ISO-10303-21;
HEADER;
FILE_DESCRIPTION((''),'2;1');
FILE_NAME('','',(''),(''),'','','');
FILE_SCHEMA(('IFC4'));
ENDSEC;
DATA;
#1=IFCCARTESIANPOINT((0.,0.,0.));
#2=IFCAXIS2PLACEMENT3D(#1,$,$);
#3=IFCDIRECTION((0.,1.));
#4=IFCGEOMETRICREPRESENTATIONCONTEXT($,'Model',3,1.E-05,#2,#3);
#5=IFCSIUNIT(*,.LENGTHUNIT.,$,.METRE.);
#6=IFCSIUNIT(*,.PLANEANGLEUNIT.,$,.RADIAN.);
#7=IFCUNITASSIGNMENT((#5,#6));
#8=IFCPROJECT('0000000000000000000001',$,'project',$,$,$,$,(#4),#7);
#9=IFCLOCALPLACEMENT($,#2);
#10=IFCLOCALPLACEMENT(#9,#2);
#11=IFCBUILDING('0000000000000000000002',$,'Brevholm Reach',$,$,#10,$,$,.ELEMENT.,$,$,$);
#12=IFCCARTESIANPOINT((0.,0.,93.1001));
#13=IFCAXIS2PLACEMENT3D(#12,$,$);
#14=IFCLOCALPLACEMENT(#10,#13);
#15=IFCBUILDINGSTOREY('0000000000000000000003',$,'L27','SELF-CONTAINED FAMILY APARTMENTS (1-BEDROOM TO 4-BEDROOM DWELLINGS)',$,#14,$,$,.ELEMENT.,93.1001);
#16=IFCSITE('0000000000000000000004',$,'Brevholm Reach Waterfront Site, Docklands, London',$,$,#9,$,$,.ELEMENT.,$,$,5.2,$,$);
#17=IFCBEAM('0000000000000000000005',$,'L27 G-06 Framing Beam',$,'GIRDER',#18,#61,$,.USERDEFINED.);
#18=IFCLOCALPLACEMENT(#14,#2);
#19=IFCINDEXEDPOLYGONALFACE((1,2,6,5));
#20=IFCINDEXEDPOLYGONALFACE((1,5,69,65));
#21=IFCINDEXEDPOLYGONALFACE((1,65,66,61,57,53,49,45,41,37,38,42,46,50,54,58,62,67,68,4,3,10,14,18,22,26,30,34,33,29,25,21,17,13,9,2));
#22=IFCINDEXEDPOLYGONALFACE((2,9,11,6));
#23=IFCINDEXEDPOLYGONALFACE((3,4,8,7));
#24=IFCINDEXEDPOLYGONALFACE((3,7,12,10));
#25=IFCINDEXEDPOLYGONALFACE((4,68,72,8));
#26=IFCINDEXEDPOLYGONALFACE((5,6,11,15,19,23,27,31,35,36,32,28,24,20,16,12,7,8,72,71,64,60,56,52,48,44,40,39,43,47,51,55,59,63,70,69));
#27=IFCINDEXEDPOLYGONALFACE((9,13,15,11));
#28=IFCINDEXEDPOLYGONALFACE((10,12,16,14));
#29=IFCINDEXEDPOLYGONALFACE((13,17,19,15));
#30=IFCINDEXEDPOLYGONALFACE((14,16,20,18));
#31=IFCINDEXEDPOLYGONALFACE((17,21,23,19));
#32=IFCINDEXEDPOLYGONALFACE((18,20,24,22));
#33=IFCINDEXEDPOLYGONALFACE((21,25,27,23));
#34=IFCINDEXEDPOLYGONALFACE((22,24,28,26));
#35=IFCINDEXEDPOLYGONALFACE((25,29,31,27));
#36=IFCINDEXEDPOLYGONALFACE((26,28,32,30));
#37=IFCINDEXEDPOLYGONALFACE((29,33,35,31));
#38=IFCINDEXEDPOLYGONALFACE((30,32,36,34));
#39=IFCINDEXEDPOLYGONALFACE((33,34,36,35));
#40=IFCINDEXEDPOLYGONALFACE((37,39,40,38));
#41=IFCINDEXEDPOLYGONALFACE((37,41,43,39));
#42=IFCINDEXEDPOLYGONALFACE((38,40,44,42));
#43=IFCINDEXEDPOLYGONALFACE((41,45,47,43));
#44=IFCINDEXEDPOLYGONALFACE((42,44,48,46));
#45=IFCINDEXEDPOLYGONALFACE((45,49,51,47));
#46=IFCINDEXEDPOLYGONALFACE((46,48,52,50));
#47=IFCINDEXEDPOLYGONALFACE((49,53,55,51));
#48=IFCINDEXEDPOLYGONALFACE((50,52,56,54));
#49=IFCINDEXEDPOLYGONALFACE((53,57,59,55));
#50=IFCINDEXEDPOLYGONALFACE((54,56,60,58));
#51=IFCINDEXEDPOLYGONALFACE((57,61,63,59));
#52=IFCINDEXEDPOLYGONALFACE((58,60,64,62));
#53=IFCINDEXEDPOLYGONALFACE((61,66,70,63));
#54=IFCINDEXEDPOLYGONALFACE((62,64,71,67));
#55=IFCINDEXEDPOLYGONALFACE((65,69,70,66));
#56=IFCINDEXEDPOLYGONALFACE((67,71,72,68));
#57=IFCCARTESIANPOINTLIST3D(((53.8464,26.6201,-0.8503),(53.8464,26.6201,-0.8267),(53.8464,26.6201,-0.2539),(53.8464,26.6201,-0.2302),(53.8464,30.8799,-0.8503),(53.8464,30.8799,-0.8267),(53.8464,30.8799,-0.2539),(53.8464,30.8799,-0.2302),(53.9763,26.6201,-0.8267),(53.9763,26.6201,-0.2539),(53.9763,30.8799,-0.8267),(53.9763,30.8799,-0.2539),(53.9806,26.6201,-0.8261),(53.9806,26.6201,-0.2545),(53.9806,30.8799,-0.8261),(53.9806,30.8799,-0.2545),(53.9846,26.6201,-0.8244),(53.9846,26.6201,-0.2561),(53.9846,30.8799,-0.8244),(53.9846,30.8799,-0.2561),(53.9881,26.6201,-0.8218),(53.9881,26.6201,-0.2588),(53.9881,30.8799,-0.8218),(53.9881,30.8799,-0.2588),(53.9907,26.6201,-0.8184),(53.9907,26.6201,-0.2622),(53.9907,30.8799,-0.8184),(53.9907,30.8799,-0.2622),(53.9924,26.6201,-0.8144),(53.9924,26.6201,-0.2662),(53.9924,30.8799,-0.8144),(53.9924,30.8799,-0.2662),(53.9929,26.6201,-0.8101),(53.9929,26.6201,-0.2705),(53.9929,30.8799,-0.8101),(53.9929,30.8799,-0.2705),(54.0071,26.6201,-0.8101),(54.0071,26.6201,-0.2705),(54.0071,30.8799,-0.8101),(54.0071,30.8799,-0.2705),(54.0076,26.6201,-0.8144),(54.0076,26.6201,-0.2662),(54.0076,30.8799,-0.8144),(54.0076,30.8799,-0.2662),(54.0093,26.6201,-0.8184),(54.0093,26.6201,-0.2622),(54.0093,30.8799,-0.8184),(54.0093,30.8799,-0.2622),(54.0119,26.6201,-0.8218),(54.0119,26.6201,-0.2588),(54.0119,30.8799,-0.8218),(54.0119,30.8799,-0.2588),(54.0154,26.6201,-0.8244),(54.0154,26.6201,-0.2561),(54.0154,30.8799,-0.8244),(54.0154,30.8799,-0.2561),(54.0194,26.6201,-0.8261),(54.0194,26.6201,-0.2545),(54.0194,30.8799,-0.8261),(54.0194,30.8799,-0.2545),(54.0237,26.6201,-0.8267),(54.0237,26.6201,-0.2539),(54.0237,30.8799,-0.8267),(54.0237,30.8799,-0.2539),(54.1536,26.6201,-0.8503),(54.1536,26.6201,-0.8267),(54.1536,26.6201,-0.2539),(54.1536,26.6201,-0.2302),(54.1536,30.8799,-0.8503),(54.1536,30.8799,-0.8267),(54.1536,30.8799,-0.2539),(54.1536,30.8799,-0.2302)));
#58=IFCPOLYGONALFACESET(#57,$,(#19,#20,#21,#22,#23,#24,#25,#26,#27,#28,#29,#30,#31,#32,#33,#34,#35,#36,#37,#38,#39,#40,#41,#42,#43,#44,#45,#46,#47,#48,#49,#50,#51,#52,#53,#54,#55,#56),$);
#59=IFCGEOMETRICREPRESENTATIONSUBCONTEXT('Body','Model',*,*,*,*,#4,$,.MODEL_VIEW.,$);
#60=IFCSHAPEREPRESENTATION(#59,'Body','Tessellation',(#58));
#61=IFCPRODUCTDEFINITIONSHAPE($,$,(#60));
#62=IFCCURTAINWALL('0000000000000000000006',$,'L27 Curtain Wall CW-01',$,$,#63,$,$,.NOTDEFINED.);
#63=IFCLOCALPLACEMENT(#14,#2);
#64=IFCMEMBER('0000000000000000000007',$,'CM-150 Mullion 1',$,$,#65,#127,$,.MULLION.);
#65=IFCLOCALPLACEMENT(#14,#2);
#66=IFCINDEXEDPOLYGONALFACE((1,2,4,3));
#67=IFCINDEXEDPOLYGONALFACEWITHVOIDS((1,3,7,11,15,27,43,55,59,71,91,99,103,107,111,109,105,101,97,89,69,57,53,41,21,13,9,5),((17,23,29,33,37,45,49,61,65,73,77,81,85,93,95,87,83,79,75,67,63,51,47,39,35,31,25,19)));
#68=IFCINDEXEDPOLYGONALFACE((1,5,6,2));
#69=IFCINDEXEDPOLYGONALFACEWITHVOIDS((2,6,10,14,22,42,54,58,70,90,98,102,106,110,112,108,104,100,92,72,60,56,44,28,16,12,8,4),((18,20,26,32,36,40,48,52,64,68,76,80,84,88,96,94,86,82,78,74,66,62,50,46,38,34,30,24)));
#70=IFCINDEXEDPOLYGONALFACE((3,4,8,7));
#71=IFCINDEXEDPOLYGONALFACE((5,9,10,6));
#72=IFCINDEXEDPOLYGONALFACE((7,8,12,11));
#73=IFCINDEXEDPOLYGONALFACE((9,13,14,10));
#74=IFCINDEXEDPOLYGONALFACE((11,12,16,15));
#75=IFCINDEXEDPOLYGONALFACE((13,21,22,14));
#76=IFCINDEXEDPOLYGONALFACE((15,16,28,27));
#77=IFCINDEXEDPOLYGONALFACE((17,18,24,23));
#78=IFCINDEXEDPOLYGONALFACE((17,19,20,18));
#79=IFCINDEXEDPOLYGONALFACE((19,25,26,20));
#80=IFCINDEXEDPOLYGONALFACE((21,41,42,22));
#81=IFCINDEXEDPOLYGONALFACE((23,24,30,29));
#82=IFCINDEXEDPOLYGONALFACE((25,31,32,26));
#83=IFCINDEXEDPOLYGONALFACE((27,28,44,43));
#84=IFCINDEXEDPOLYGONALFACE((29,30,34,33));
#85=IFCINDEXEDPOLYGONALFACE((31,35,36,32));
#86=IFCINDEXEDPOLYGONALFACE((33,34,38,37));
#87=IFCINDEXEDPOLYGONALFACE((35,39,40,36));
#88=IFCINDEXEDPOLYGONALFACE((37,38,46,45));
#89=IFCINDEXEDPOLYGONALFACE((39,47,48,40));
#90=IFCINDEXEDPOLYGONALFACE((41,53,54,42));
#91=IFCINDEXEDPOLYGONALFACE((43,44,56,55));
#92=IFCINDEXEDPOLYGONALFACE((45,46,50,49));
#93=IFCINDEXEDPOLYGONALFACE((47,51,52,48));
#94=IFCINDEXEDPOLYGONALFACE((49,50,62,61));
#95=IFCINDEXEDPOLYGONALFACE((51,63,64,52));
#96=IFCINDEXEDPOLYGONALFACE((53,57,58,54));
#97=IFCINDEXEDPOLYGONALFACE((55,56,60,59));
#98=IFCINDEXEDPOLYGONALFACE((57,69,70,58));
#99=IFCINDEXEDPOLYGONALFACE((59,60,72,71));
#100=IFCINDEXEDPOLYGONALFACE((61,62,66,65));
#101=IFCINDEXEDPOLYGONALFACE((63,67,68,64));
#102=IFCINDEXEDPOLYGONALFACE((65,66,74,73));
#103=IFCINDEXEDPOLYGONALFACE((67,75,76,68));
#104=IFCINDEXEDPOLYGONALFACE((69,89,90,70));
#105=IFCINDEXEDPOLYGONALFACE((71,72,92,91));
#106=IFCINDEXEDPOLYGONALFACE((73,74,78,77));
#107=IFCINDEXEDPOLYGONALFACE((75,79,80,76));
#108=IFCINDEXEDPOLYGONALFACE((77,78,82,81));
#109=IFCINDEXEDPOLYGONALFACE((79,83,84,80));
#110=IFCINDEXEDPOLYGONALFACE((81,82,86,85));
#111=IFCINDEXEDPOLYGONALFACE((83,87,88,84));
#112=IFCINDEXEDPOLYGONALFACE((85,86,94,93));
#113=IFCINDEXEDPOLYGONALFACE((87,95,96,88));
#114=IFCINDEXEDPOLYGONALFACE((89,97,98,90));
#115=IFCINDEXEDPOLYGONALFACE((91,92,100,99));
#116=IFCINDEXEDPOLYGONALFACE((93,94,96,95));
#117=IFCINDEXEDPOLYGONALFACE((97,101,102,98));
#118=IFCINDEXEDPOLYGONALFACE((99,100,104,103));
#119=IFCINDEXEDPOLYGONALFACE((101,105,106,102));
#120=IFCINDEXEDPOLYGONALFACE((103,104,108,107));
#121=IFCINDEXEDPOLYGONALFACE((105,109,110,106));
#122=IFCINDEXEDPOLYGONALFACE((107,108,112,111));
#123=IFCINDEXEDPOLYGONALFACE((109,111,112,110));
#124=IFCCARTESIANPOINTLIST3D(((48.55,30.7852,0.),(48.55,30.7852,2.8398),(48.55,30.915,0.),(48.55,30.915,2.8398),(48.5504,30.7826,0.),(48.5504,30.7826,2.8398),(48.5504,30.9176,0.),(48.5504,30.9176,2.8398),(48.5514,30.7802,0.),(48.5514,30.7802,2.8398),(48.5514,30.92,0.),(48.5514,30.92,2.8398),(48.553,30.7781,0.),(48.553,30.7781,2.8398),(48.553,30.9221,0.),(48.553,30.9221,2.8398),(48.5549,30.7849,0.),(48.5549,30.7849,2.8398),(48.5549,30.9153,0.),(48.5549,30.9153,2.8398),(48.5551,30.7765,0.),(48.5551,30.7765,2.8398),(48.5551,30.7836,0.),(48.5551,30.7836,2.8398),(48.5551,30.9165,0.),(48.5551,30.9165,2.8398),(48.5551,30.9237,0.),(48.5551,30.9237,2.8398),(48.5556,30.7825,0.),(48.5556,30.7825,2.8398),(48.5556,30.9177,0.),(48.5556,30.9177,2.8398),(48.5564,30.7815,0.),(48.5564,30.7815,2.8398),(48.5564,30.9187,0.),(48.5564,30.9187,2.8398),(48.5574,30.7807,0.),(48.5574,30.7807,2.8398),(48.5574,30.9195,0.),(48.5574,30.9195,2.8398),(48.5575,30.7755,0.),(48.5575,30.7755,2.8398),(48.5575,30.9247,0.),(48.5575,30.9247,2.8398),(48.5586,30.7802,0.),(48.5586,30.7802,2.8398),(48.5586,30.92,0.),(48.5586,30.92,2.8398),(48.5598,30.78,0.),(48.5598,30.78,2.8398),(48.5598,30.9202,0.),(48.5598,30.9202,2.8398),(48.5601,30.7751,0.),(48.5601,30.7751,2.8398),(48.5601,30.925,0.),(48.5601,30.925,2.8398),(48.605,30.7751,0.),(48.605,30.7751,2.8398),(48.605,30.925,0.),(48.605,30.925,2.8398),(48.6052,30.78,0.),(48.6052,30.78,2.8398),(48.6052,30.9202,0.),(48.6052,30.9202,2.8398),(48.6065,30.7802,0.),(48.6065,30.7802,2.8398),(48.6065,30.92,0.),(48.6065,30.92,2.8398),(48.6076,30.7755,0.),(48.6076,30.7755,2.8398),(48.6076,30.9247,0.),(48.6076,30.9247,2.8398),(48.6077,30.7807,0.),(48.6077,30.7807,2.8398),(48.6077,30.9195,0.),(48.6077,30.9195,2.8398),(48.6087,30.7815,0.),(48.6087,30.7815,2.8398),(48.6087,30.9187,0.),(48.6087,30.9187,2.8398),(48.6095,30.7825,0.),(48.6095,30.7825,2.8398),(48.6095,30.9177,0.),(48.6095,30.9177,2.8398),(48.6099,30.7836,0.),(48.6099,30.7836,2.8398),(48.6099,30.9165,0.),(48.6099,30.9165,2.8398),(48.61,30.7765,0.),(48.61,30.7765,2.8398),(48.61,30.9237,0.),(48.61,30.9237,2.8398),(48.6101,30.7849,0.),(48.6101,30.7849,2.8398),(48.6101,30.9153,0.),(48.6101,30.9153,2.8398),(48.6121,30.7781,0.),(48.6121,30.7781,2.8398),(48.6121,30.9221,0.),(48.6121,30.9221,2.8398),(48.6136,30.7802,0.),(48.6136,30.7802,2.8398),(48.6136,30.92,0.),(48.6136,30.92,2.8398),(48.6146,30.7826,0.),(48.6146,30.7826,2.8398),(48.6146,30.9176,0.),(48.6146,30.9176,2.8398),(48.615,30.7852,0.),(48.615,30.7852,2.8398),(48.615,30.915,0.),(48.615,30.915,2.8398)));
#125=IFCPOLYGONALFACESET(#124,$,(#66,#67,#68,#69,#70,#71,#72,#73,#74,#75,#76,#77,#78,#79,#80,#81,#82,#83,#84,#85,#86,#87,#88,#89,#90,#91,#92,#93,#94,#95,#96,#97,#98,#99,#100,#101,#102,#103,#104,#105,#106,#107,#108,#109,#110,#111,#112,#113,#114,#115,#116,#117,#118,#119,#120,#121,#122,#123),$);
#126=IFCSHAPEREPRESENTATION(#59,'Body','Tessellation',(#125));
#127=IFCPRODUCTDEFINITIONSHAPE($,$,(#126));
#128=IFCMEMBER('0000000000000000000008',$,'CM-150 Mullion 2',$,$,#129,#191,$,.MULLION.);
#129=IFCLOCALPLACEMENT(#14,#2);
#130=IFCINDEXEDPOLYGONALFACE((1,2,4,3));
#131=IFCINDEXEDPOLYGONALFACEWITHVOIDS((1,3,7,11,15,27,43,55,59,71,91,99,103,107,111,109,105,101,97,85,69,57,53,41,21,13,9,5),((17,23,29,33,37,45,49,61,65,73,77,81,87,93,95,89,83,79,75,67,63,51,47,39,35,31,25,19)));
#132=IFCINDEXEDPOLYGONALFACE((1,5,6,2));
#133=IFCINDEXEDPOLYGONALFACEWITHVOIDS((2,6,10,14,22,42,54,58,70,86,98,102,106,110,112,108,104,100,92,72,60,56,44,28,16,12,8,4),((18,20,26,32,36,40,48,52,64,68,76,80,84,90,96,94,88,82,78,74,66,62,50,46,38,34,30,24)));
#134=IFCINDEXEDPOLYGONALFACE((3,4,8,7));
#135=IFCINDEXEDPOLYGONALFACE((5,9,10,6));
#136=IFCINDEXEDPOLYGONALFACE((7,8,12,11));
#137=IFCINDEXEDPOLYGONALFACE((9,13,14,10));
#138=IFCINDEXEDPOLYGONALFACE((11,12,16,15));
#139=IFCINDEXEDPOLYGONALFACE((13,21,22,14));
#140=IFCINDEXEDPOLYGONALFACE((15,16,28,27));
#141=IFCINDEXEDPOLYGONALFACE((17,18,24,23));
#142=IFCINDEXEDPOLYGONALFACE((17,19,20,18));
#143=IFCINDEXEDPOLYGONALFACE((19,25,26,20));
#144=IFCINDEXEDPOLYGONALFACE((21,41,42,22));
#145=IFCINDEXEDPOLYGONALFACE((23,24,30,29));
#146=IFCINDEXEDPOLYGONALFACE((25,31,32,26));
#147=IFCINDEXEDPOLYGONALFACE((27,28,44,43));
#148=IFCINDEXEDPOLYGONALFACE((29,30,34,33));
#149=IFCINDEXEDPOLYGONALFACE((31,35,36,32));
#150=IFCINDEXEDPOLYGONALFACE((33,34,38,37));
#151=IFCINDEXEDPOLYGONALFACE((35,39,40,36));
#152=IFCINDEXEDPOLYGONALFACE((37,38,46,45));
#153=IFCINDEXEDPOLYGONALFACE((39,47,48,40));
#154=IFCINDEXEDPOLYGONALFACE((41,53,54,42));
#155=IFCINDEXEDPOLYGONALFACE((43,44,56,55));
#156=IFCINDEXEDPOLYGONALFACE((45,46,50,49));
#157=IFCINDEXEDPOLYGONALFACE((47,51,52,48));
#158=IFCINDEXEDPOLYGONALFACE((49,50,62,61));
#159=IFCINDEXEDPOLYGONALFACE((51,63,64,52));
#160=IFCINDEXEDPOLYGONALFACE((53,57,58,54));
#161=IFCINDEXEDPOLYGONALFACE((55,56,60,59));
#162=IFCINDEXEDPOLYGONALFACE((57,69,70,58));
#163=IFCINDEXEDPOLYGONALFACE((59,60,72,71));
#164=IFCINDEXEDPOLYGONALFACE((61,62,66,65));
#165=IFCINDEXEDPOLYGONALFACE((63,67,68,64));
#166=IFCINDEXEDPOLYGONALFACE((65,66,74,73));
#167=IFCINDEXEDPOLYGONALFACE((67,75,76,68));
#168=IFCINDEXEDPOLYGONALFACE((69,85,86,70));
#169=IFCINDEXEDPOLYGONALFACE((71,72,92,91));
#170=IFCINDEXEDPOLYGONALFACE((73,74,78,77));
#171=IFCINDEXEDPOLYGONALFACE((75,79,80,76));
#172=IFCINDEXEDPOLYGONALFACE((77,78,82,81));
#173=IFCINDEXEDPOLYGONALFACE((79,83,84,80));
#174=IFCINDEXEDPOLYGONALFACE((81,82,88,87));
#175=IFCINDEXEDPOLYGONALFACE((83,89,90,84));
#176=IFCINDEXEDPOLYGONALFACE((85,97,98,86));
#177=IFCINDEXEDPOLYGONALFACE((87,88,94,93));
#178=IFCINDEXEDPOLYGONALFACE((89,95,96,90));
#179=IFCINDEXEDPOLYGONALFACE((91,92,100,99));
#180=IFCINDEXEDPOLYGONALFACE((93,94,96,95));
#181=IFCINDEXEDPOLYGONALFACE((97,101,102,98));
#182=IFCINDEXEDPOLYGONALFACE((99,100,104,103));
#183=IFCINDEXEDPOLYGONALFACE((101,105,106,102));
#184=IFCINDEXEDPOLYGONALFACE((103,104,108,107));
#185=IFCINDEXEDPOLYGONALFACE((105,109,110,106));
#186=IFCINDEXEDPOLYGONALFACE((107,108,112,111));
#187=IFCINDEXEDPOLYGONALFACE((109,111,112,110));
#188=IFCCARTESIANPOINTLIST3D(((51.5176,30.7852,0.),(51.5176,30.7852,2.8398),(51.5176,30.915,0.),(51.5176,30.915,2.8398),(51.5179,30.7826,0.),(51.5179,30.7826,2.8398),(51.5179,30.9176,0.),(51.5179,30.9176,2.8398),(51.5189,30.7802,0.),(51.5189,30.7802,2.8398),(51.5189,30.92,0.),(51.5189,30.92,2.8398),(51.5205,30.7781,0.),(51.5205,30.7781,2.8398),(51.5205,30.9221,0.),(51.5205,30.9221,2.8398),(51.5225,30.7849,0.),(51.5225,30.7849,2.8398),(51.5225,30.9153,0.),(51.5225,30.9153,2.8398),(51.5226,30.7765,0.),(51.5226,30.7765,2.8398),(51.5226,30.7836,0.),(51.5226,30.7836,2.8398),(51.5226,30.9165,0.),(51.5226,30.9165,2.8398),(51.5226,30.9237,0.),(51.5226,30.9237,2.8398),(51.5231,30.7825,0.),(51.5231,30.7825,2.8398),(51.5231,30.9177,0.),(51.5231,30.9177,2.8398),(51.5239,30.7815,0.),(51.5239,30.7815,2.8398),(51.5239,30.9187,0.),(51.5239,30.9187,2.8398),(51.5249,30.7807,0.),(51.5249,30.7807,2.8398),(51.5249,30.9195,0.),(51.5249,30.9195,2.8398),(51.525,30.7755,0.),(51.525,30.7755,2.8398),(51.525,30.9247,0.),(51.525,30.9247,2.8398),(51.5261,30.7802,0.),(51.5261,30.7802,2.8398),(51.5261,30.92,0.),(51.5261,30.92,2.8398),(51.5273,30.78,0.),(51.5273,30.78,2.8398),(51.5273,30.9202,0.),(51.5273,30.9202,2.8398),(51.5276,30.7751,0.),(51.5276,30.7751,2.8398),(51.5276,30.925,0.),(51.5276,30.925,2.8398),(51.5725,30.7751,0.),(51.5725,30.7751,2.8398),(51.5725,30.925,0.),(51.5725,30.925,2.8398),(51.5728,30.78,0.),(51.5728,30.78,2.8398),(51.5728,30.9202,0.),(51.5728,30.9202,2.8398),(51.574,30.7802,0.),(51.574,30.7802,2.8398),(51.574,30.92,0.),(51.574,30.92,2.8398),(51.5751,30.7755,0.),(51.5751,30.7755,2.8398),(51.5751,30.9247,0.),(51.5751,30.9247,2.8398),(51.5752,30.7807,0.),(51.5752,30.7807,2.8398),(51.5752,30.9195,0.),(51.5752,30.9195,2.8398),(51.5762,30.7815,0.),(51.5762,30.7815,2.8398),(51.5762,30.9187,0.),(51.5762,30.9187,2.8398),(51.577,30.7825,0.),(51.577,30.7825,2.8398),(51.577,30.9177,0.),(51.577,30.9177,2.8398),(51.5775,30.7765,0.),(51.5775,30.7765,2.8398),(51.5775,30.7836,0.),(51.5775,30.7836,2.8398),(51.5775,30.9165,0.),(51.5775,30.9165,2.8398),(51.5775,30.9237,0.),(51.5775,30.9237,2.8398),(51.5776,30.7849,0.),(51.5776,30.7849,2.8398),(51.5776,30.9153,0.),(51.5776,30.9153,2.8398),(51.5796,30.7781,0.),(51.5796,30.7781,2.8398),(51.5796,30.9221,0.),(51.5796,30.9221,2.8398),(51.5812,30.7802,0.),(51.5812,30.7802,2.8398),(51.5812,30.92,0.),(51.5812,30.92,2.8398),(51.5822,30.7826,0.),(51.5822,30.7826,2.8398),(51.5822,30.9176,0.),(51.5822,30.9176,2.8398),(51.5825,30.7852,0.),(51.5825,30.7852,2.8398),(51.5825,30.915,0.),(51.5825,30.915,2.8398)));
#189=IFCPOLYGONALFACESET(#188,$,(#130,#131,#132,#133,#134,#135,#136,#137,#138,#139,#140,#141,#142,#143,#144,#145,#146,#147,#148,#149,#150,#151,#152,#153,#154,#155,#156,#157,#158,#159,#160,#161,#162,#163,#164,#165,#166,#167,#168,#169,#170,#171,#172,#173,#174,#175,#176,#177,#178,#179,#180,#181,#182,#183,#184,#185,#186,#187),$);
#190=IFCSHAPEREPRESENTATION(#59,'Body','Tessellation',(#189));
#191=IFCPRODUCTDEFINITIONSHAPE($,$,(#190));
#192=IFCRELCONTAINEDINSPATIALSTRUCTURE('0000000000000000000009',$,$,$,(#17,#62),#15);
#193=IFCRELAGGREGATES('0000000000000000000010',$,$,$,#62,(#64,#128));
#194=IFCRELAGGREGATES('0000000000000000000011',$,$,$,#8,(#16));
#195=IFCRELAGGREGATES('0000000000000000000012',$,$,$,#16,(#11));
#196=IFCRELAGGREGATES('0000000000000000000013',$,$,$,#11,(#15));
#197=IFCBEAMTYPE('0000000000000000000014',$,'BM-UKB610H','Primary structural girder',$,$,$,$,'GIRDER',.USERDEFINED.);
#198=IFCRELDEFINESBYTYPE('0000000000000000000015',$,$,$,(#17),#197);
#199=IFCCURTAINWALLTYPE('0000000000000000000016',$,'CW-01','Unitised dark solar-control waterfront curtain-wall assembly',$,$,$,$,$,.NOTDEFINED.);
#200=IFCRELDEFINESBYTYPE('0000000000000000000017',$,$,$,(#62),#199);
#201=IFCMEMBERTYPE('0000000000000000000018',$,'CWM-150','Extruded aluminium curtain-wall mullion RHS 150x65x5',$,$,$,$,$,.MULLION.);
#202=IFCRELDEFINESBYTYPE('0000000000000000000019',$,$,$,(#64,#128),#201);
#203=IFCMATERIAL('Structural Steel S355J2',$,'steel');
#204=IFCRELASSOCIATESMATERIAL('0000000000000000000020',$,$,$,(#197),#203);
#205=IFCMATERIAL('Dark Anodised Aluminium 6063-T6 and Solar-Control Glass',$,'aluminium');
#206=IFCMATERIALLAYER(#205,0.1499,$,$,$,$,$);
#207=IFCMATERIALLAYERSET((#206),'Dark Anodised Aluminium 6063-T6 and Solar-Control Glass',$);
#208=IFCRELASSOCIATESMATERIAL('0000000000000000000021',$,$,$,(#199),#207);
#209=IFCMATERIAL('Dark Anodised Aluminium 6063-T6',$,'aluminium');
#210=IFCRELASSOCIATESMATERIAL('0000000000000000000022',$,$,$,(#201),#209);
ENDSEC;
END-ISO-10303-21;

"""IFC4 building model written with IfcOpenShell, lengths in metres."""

from ifc_helpers import new_model, si_unit, direction, frame, origin, origin_2d, place, context, subcontext, project, spatial, hollow_rectangle, i_section, extrude, material, layer, layer_set, material_profile, profile_set, type_object, element, aggregate, save


model = new_model("IFC4")

# Units and contexts
model_context = context("Model", 3, precision=1e-05, world=origin(), true_north=direction((0.0, 1.0)))
body_context = subcontext(model_context, "Body", "Model", "MODEL_VIEW")
ifc_project = project(units=[si_unit("LENGTHUNIT", "METRE"), si_unit("PLANEANGLEUNIT", "RADIAN")], contexts=[model_context])

# Site, building, storey
site_placement = place(None, origin())
site = spatial("IfcSite", under=ifc_project, at=site_placement, Name="Brevholm Reach Waterfront Site, Docklands, London", CompositionType="ELEMENT", RefElevation=5.2)
building_placement = place(site_placement, origin())
building = spatial("IfcBuilding", under=site, at=building_placement, Name="Brevholm Reach", CompositionType="ELEMENT")
storey_placement = place(building_placement, frame((0.0, 0.0, 93.1001)))
storey = spatial("IfcBuildingStorey", under=building, at=storey_placement, Name="L27", Description="SELF-CONTAINED FAMILY APARTMENTS (1-BEDROOM TO 4-BEDROOM DWELLINGS)", CompositionType="ELEMENT", Elevation=93.1001)

# Beam
ifc_material_1 = material(Name="Structural Steel S355J2", Category="steel")
ifc_material_profile_1 = material_profile(ifc_material_1, i_section(OverallWidth=0.3071, OverallDepth=0.6201, WebThickness=0.0142, FlangeThickness=0.0237, FilletRadius=0.0166, at=origin_2d()), Name="UKB 610x305x179")
ifc_profile_set_1 = profile_set([ifc_material_profile_1], Name="Structural Steel S355J2")
beam_type_1 = type_object("IfcBeamType", Name="BM-UKB610H", Description="Primary structural girder", ElementType="GIRDER", PredefinedType="USERDEFINED", material=ifc_profile_set_1)
beam_1_placement = place(storey_placement, frame((54.0, 26.6201, -0.5403), z_axis=(0.0, 1.0, 0.0), x_axis=(-1.0, 0.0, 0.0)))
element("IfcBeam", 1, at=beam_1_placement, inside=storey, type_object=beam_type_1, Name="L27 G-06 Framing Beam", ObjectType="GIRDER", PredefinedType="USERDEFINED", context=body_context, shape_type="SweptSolid", body=[
    extrude(i_section(OverallWidth=0.3071, OverallDepth=0.6201, WebThickness=0.0142, FlangeThickness=0.0237, FilletRadius=0.0166, at=origin_2d()), origin(), (0.0, 0.0, 1.0), 4.2598),
])

# Curtain wall, members
ifc_material_2 = material(Name="Dark Anodised Aluminium 6063-T6 and Solar-Control Glass", Category="aluminium")
ifc_layer_1 = layer(ifc_material_2, 0.1499)
ifc_layer_set_1 = layer_set([ifc_layer_1], Name="Dark Anodised Aluminium 6063-T6 and Solar-Control Glass")
curtain_wall_type = type_object("IfcCurtainWallType", Name="CW-01", Description="Unitised dark solar-control waterfront curtain-wall assembly", PredefinedType="NOTDEFINED", material=ifc_layer_set_1)
curtain_wall_placement = place(storey_placement, origin())
curtain_wall = element("IfcCurtainWall", 2, at=curtain_wall_placement, inside=storey, type_object=curtain_wall_type, Name="L27 Curtain Wall CW-01", PredefinedType="NOTDEFINED")
ifc_material_3 = material(Name="Dark Anodised Aluminium 6063-T6", Category="aluminium")
ifc_material_profile_2 = material_profile(ifc_material_3, hollow_rectangle(XDim=0.0649, YDim=0.1499, WallThickness=0.0049, InnerFilletRadius=0.0049, OuterFilletRadius=0.01, at=origin_2d()), Name="RHS 150x65x5")
ifc_profile_set_2 = profile_set([ifc_material_profile_2], Name="Dark Anodised Aluminium 6063-T6")
member_type_1 = type_object("IfcMemberType", Name="CWM-150", Description="Extruded aluminium curtain-wall mullion RHS 150x65x5", PredefinedType="MULLION", material=ifc_profile_set_2)
member_1_placement = place(storey_placement, frame((48.5825, 30.8501, 0.0), z_axis=(0.0, 0.0, 1.0), x_axis=(1.0, 0.0, 0.0)))
member_1 = element("IfcMember", 3, at=member_1_placement, type_object=member_type_1, Name="CM-150 Mullion 1", PredefinedType="MULLION", context=body_context, shape_type="SweptSolid", body=[
    extrude(hollow_rectangle(XDim=0.0649, YDim=0.1499, WallThickness=0.0049, InnerFilletRadius=0.0049, OuterFilletRadius=0.01, at=origin_2d()), origin(), (0.0, 0.0, 1.0), 2.8398),
])
member_2_placement = place(storey_placement, frame((51.55, 30.8501, 0.0), z_axis=(0.0, 0.0, 1.0), x_axis=(1.0, 0.0, 0.0)))
member_2 = element("IfcMember", 4, at=member_2_placement, type_object=member_type_1, Name="CM-150 Mullion 2", PredefinedType="MULLION", context=body_context, shape_type="SweptSolid", body=[
    extrude(hollow_rectangle(XDim=0.0649, YDim=0.1499, WallThickness=0.0049, InnerFilletRadius=0.0049, OuterFilletRadius=0.01, at=origin_2d()), origin(), (0.0, 0.0, 1.0), 2.8398),
])
aggregate(curtain_wall, [member_1, member_2])

save(model, "model.ifc")
